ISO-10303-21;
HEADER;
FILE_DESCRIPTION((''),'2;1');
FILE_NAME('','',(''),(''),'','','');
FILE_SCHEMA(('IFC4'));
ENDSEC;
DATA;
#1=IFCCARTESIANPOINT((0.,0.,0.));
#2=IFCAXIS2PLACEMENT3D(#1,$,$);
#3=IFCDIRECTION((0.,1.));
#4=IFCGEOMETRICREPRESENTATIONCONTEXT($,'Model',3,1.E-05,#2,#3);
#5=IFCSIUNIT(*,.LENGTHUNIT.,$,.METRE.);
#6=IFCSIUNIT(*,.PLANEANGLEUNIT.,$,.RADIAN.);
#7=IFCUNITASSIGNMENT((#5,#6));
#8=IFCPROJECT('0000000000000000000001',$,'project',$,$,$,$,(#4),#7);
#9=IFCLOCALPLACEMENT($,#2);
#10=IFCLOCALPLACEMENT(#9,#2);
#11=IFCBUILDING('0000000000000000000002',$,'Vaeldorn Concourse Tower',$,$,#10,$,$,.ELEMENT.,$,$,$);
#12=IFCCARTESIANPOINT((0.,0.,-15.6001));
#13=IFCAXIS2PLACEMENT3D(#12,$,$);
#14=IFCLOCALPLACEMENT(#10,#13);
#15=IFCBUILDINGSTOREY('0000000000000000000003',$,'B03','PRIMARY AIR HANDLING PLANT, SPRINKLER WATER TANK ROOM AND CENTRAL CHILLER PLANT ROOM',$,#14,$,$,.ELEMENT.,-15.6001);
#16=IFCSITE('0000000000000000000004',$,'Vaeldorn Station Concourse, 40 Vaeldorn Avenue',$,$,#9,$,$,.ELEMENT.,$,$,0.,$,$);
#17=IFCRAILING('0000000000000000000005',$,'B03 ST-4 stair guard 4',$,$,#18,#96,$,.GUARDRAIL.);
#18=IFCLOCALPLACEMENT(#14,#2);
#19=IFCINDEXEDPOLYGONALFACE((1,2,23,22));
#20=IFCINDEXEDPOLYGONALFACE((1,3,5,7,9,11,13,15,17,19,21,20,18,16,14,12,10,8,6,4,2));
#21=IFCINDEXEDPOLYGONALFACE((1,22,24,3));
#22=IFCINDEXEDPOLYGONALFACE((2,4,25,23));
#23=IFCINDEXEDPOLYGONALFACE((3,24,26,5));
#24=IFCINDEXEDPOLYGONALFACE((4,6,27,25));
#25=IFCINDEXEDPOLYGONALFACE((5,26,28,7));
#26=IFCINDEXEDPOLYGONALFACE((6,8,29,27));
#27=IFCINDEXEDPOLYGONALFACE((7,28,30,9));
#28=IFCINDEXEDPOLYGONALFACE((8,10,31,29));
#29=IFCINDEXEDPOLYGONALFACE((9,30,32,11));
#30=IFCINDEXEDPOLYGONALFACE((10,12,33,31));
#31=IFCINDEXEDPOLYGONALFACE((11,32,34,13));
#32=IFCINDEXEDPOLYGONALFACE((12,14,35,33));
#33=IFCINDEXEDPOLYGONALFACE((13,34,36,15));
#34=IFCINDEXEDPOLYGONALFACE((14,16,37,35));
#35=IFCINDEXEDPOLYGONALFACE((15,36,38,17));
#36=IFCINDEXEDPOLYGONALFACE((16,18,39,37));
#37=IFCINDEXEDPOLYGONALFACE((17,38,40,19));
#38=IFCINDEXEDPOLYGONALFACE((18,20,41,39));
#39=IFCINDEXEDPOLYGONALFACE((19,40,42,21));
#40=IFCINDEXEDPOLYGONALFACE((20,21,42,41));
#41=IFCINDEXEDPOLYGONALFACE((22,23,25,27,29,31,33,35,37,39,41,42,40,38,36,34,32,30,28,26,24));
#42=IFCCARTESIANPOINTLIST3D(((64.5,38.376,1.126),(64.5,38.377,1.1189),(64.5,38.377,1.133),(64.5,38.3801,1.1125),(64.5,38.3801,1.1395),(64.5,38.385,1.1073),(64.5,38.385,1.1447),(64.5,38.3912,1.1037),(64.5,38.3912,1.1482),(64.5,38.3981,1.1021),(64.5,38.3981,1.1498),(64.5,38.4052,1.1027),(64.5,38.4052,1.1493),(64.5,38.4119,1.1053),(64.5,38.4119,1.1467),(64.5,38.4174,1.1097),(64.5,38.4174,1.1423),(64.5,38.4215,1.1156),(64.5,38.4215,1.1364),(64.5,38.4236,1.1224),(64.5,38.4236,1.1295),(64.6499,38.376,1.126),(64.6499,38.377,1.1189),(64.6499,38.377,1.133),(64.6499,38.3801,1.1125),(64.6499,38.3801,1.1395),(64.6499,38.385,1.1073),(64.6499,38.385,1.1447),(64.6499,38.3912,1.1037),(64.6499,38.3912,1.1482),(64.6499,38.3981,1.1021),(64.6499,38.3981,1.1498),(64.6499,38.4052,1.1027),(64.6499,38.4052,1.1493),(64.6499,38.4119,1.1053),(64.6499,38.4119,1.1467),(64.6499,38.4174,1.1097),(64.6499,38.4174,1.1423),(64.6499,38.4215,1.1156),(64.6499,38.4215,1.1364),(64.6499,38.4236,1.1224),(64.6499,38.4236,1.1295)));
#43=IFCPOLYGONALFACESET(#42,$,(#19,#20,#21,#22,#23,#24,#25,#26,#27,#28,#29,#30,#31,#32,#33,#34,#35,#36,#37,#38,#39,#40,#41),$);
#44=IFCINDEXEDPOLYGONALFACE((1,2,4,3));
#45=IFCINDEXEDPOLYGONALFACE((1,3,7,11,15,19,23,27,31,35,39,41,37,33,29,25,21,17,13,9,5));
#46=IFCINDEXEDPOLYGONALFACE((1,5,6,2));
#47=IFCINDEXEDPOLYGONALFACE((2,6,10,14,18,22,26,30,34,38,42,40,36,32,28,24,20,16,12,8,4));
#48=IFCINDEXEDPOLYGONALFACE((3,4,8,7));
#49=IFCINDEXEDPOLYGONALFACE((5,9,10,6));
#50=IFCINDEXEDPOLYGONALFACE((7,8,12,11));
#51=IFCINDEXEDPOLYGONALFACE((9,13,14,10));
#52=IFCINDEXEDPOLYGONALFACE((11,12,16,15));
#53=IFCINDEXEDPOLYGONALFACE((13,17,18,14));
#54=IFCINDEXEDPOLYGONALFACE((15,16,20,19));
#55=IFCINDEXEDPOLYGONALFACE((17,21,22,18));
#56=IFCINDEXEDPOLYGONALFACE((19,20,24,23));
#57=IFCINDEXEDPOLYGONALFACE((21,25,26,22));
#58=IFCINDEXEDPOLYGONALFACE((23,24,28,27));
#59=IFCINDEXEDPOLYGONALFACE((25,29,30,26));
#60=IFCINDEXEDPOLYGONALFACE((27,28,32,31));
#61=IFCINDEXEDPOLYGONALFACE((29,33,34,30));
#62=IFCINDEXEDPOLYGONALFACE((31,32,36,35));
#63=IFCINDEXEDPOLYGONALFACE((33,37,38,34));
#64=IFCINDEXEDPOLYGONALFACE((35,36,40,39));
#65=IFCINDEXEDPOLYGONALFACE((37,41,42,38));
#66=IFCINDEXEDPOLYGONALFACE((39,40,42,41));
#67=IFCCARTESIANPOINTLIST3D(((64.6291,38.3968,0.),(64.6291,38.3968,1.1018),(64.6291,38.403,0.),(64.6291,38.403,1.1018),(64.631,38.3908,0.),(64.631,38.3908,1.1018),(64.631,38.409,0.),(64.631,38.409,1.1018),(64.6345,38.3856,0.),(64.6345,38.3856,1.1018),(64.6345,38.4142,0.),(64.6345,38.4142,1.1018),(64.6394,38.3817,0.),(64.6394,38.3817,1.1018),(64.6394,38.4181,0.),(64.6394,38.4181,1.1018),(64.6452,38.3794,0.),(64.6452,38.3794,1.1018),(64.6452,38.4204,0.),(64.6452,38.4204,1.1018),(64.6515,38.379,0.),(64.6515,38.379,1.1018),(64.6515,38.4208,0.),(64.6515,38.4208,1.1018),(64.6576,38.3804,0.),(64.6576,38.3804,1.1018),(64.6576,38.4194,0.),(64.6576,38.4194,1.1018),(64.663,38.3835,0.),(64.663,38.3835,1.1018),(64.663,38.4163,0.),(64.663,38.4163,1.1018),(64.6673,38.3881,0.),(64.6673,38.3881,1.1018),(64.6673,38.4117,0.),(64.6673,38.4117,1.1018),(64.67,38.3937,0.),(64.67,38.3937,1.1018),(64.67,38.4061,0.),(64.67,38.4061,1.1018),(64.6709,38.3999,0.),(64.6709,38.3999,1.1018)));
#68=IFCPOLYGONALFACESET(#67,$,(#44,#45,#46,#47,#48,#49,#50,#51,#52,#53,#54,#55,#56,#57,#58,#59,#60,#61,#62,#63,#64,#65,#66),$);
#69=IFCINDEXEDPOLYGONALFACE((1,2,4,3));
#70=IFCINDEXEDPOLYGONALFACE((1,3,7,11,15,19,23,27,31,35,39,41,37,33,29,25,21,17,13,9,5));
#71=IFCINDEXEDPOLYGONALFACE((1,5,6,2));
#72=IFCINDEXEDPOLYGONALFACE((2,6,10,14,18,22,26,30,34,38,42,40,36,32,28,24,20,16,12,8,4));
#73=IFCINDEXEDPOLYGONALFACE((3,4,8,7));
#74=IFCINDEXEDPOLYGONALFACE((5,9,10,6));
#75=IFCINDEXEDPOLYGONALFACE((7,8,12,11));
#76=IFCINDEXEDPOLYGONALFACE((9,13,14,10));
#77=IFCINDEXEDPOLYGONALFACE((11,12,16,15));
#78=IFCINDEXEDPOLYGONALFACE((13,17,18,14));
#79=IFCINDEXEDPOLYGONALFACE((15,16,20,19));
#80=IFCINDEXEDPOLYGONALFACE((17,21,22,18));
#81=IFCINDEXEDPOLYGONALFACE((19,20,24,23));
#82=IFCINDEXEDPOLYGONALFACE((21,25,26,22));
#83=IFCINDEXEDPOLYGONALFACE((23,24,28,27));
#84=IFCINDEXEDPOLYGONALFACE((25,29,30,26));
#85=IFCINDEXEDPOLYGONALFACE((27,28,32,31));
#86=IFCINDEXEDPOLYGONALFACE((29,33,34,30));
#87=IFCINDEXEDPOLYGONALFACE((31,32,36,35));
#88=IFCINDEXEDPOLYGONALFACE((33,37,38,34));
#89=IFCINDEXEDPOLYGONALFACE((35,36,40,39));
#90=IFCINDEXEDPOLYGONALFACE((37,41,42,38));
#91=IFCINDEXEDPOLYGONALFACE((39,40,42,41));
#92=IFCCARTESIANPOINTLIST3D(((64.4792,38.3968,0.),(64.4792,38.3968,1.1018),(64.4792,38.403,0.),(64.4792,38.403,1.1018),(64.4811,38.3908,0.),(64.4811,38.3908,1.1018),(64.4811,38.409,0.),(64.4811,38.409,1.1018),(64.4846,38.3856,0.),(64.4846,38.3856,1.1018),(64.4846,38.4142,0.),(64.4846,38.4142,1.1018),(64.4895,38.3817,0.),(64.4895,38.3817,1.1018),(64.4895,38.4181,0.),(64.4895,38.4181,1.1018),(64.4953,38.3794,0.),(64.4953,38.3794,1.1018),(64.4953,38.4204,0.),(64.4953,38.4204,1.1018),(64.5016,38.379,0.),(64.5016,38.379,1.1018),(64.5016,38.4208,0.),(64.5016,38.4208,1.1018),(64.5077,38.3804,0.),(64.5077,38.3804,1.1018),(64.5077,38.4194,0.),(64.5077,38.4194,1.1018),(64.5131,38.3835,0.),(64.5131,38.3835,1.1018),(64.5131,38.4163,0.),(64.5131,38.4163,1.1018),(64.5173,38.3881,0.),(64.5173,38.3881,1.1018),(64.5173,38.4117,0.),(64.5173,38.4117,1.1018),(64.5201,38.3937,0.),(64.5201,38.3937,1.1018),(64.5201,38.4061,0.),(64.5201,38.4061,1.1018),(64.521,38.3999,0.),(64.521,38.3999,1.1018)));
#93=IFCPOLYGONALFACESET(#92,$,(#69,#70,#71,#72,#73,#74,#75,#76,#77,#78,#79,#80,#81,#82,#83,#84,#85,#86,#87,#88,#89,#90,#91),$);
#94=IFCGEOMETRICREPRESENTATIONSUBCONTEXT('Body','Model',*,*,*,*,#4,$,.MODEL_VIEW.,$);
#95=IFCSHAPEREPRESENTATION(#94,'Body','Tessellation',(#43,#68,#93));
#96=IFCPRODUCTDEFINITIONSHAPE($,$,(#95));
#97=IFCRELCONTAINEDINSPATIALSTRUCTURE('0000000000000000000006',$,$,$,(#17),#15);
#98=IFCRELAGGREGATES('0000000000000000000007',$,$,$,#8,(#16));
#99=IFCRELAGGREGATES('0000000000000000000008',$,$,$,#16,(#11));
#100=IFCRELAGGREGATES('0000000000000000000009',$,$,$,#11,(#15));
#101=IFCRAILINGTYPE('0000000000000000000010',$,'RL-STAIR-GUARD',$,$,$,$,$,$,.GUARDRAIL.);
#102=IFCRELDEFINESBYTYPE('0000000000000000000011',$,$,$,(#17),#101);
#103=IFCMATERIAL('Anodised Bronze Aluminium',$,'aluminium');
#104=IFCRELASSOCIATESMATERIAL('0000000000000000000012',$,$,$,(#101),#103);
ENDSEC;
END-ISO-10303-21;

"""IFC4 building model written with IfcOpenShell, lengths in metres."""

from ifc_helpers import new_model, si_unit, direction, frame, origin, origin_2d, place, context, subcontext, project, spatial, circle, extrude, material, type_object, element, save


model = new_model("IFC4")

# Units and contexts
model_context = context("Model", 3, precision=1e-05, world=origin(), true_north=direction((0.0, 1.0)))
body_context = subcontext(model_context, "Body", "Model", "MODEL_VIEW")
ifc_project = project(units=[si_unit("LENGTHUNIT", "METRE"), si_unit("PLANEANGLEUNIT", "RADIAN")], contexts=[model_context])

# Site, building, storey
site_placement = place(None, origin())
site = spatial("IfcSite", under=ifc_project, at=site_placement, Name="Vaeldorn Station Concourse, 40 Vaeldorn Avenue", CompositionType="ELEMENT", RefElevation=0.0)
building_placement = place(site_placement, origin())
building = spatial("IfcBuilding", under=site, at=building_placement, Name="Vaeldorn Concourse Tower", CompositionType="ELEMENT")
storey_placement = place(building_placement, frame((0.0, 0.0, -15.6001)))
storey = spatial("IfcBuildingStorey", under=building, at=storey_placement, Name="B03", Description="PRIMARY AIR HANDLING PLANT, SPRINKLER WATER TANK ROOM AND CENTRAL CHILLER PLANT ROOM", CompositionType="ELEMENT", Elevation=-15.6001)

# Railing
ifc_material_1 = material(Name="Anodised Bronze Aluminium", Category="aluminium")
railing_type_1 = type_object("IfcRailingType", Name="RL-STAIR-GUARD", PredefinedType="GUARDRAIL", material=ifc_material_1)
railing_1_placement = place(storey_placement, frame((64.6499, 38.3999, 0.0)))
element("IfcRailing", 1, at=railing_1_placement, inside=storey, type_object=railing_type_1, Name="B03 ST-4 stair guard 4", PredefinedType="GUARDRAIL", context=body_context, shape_type="SweptSolid", body=[
    extrude(circle(Radius=0.0239, at=origin_2d()), frame((0.0, 0.0, 1.126), z_axis=(-1.0, 0.0, 0.0), x_axis=(0.0, -1.0, 0.0)), (0.0, 0.0, 1.0), 0.1499),
    extrude(circle(Radius=0.021, at=origin_2d()), origin(), (0.0, 0.0, 1.0), 1.1018),
    extrude(circle(Radius=0.021, at=origin_2d()), frame((-0.1499, 0.0, 0.0)), (0.0, 0.0, 1.0), 1.1018),
])

save(model, "model.ifc")
